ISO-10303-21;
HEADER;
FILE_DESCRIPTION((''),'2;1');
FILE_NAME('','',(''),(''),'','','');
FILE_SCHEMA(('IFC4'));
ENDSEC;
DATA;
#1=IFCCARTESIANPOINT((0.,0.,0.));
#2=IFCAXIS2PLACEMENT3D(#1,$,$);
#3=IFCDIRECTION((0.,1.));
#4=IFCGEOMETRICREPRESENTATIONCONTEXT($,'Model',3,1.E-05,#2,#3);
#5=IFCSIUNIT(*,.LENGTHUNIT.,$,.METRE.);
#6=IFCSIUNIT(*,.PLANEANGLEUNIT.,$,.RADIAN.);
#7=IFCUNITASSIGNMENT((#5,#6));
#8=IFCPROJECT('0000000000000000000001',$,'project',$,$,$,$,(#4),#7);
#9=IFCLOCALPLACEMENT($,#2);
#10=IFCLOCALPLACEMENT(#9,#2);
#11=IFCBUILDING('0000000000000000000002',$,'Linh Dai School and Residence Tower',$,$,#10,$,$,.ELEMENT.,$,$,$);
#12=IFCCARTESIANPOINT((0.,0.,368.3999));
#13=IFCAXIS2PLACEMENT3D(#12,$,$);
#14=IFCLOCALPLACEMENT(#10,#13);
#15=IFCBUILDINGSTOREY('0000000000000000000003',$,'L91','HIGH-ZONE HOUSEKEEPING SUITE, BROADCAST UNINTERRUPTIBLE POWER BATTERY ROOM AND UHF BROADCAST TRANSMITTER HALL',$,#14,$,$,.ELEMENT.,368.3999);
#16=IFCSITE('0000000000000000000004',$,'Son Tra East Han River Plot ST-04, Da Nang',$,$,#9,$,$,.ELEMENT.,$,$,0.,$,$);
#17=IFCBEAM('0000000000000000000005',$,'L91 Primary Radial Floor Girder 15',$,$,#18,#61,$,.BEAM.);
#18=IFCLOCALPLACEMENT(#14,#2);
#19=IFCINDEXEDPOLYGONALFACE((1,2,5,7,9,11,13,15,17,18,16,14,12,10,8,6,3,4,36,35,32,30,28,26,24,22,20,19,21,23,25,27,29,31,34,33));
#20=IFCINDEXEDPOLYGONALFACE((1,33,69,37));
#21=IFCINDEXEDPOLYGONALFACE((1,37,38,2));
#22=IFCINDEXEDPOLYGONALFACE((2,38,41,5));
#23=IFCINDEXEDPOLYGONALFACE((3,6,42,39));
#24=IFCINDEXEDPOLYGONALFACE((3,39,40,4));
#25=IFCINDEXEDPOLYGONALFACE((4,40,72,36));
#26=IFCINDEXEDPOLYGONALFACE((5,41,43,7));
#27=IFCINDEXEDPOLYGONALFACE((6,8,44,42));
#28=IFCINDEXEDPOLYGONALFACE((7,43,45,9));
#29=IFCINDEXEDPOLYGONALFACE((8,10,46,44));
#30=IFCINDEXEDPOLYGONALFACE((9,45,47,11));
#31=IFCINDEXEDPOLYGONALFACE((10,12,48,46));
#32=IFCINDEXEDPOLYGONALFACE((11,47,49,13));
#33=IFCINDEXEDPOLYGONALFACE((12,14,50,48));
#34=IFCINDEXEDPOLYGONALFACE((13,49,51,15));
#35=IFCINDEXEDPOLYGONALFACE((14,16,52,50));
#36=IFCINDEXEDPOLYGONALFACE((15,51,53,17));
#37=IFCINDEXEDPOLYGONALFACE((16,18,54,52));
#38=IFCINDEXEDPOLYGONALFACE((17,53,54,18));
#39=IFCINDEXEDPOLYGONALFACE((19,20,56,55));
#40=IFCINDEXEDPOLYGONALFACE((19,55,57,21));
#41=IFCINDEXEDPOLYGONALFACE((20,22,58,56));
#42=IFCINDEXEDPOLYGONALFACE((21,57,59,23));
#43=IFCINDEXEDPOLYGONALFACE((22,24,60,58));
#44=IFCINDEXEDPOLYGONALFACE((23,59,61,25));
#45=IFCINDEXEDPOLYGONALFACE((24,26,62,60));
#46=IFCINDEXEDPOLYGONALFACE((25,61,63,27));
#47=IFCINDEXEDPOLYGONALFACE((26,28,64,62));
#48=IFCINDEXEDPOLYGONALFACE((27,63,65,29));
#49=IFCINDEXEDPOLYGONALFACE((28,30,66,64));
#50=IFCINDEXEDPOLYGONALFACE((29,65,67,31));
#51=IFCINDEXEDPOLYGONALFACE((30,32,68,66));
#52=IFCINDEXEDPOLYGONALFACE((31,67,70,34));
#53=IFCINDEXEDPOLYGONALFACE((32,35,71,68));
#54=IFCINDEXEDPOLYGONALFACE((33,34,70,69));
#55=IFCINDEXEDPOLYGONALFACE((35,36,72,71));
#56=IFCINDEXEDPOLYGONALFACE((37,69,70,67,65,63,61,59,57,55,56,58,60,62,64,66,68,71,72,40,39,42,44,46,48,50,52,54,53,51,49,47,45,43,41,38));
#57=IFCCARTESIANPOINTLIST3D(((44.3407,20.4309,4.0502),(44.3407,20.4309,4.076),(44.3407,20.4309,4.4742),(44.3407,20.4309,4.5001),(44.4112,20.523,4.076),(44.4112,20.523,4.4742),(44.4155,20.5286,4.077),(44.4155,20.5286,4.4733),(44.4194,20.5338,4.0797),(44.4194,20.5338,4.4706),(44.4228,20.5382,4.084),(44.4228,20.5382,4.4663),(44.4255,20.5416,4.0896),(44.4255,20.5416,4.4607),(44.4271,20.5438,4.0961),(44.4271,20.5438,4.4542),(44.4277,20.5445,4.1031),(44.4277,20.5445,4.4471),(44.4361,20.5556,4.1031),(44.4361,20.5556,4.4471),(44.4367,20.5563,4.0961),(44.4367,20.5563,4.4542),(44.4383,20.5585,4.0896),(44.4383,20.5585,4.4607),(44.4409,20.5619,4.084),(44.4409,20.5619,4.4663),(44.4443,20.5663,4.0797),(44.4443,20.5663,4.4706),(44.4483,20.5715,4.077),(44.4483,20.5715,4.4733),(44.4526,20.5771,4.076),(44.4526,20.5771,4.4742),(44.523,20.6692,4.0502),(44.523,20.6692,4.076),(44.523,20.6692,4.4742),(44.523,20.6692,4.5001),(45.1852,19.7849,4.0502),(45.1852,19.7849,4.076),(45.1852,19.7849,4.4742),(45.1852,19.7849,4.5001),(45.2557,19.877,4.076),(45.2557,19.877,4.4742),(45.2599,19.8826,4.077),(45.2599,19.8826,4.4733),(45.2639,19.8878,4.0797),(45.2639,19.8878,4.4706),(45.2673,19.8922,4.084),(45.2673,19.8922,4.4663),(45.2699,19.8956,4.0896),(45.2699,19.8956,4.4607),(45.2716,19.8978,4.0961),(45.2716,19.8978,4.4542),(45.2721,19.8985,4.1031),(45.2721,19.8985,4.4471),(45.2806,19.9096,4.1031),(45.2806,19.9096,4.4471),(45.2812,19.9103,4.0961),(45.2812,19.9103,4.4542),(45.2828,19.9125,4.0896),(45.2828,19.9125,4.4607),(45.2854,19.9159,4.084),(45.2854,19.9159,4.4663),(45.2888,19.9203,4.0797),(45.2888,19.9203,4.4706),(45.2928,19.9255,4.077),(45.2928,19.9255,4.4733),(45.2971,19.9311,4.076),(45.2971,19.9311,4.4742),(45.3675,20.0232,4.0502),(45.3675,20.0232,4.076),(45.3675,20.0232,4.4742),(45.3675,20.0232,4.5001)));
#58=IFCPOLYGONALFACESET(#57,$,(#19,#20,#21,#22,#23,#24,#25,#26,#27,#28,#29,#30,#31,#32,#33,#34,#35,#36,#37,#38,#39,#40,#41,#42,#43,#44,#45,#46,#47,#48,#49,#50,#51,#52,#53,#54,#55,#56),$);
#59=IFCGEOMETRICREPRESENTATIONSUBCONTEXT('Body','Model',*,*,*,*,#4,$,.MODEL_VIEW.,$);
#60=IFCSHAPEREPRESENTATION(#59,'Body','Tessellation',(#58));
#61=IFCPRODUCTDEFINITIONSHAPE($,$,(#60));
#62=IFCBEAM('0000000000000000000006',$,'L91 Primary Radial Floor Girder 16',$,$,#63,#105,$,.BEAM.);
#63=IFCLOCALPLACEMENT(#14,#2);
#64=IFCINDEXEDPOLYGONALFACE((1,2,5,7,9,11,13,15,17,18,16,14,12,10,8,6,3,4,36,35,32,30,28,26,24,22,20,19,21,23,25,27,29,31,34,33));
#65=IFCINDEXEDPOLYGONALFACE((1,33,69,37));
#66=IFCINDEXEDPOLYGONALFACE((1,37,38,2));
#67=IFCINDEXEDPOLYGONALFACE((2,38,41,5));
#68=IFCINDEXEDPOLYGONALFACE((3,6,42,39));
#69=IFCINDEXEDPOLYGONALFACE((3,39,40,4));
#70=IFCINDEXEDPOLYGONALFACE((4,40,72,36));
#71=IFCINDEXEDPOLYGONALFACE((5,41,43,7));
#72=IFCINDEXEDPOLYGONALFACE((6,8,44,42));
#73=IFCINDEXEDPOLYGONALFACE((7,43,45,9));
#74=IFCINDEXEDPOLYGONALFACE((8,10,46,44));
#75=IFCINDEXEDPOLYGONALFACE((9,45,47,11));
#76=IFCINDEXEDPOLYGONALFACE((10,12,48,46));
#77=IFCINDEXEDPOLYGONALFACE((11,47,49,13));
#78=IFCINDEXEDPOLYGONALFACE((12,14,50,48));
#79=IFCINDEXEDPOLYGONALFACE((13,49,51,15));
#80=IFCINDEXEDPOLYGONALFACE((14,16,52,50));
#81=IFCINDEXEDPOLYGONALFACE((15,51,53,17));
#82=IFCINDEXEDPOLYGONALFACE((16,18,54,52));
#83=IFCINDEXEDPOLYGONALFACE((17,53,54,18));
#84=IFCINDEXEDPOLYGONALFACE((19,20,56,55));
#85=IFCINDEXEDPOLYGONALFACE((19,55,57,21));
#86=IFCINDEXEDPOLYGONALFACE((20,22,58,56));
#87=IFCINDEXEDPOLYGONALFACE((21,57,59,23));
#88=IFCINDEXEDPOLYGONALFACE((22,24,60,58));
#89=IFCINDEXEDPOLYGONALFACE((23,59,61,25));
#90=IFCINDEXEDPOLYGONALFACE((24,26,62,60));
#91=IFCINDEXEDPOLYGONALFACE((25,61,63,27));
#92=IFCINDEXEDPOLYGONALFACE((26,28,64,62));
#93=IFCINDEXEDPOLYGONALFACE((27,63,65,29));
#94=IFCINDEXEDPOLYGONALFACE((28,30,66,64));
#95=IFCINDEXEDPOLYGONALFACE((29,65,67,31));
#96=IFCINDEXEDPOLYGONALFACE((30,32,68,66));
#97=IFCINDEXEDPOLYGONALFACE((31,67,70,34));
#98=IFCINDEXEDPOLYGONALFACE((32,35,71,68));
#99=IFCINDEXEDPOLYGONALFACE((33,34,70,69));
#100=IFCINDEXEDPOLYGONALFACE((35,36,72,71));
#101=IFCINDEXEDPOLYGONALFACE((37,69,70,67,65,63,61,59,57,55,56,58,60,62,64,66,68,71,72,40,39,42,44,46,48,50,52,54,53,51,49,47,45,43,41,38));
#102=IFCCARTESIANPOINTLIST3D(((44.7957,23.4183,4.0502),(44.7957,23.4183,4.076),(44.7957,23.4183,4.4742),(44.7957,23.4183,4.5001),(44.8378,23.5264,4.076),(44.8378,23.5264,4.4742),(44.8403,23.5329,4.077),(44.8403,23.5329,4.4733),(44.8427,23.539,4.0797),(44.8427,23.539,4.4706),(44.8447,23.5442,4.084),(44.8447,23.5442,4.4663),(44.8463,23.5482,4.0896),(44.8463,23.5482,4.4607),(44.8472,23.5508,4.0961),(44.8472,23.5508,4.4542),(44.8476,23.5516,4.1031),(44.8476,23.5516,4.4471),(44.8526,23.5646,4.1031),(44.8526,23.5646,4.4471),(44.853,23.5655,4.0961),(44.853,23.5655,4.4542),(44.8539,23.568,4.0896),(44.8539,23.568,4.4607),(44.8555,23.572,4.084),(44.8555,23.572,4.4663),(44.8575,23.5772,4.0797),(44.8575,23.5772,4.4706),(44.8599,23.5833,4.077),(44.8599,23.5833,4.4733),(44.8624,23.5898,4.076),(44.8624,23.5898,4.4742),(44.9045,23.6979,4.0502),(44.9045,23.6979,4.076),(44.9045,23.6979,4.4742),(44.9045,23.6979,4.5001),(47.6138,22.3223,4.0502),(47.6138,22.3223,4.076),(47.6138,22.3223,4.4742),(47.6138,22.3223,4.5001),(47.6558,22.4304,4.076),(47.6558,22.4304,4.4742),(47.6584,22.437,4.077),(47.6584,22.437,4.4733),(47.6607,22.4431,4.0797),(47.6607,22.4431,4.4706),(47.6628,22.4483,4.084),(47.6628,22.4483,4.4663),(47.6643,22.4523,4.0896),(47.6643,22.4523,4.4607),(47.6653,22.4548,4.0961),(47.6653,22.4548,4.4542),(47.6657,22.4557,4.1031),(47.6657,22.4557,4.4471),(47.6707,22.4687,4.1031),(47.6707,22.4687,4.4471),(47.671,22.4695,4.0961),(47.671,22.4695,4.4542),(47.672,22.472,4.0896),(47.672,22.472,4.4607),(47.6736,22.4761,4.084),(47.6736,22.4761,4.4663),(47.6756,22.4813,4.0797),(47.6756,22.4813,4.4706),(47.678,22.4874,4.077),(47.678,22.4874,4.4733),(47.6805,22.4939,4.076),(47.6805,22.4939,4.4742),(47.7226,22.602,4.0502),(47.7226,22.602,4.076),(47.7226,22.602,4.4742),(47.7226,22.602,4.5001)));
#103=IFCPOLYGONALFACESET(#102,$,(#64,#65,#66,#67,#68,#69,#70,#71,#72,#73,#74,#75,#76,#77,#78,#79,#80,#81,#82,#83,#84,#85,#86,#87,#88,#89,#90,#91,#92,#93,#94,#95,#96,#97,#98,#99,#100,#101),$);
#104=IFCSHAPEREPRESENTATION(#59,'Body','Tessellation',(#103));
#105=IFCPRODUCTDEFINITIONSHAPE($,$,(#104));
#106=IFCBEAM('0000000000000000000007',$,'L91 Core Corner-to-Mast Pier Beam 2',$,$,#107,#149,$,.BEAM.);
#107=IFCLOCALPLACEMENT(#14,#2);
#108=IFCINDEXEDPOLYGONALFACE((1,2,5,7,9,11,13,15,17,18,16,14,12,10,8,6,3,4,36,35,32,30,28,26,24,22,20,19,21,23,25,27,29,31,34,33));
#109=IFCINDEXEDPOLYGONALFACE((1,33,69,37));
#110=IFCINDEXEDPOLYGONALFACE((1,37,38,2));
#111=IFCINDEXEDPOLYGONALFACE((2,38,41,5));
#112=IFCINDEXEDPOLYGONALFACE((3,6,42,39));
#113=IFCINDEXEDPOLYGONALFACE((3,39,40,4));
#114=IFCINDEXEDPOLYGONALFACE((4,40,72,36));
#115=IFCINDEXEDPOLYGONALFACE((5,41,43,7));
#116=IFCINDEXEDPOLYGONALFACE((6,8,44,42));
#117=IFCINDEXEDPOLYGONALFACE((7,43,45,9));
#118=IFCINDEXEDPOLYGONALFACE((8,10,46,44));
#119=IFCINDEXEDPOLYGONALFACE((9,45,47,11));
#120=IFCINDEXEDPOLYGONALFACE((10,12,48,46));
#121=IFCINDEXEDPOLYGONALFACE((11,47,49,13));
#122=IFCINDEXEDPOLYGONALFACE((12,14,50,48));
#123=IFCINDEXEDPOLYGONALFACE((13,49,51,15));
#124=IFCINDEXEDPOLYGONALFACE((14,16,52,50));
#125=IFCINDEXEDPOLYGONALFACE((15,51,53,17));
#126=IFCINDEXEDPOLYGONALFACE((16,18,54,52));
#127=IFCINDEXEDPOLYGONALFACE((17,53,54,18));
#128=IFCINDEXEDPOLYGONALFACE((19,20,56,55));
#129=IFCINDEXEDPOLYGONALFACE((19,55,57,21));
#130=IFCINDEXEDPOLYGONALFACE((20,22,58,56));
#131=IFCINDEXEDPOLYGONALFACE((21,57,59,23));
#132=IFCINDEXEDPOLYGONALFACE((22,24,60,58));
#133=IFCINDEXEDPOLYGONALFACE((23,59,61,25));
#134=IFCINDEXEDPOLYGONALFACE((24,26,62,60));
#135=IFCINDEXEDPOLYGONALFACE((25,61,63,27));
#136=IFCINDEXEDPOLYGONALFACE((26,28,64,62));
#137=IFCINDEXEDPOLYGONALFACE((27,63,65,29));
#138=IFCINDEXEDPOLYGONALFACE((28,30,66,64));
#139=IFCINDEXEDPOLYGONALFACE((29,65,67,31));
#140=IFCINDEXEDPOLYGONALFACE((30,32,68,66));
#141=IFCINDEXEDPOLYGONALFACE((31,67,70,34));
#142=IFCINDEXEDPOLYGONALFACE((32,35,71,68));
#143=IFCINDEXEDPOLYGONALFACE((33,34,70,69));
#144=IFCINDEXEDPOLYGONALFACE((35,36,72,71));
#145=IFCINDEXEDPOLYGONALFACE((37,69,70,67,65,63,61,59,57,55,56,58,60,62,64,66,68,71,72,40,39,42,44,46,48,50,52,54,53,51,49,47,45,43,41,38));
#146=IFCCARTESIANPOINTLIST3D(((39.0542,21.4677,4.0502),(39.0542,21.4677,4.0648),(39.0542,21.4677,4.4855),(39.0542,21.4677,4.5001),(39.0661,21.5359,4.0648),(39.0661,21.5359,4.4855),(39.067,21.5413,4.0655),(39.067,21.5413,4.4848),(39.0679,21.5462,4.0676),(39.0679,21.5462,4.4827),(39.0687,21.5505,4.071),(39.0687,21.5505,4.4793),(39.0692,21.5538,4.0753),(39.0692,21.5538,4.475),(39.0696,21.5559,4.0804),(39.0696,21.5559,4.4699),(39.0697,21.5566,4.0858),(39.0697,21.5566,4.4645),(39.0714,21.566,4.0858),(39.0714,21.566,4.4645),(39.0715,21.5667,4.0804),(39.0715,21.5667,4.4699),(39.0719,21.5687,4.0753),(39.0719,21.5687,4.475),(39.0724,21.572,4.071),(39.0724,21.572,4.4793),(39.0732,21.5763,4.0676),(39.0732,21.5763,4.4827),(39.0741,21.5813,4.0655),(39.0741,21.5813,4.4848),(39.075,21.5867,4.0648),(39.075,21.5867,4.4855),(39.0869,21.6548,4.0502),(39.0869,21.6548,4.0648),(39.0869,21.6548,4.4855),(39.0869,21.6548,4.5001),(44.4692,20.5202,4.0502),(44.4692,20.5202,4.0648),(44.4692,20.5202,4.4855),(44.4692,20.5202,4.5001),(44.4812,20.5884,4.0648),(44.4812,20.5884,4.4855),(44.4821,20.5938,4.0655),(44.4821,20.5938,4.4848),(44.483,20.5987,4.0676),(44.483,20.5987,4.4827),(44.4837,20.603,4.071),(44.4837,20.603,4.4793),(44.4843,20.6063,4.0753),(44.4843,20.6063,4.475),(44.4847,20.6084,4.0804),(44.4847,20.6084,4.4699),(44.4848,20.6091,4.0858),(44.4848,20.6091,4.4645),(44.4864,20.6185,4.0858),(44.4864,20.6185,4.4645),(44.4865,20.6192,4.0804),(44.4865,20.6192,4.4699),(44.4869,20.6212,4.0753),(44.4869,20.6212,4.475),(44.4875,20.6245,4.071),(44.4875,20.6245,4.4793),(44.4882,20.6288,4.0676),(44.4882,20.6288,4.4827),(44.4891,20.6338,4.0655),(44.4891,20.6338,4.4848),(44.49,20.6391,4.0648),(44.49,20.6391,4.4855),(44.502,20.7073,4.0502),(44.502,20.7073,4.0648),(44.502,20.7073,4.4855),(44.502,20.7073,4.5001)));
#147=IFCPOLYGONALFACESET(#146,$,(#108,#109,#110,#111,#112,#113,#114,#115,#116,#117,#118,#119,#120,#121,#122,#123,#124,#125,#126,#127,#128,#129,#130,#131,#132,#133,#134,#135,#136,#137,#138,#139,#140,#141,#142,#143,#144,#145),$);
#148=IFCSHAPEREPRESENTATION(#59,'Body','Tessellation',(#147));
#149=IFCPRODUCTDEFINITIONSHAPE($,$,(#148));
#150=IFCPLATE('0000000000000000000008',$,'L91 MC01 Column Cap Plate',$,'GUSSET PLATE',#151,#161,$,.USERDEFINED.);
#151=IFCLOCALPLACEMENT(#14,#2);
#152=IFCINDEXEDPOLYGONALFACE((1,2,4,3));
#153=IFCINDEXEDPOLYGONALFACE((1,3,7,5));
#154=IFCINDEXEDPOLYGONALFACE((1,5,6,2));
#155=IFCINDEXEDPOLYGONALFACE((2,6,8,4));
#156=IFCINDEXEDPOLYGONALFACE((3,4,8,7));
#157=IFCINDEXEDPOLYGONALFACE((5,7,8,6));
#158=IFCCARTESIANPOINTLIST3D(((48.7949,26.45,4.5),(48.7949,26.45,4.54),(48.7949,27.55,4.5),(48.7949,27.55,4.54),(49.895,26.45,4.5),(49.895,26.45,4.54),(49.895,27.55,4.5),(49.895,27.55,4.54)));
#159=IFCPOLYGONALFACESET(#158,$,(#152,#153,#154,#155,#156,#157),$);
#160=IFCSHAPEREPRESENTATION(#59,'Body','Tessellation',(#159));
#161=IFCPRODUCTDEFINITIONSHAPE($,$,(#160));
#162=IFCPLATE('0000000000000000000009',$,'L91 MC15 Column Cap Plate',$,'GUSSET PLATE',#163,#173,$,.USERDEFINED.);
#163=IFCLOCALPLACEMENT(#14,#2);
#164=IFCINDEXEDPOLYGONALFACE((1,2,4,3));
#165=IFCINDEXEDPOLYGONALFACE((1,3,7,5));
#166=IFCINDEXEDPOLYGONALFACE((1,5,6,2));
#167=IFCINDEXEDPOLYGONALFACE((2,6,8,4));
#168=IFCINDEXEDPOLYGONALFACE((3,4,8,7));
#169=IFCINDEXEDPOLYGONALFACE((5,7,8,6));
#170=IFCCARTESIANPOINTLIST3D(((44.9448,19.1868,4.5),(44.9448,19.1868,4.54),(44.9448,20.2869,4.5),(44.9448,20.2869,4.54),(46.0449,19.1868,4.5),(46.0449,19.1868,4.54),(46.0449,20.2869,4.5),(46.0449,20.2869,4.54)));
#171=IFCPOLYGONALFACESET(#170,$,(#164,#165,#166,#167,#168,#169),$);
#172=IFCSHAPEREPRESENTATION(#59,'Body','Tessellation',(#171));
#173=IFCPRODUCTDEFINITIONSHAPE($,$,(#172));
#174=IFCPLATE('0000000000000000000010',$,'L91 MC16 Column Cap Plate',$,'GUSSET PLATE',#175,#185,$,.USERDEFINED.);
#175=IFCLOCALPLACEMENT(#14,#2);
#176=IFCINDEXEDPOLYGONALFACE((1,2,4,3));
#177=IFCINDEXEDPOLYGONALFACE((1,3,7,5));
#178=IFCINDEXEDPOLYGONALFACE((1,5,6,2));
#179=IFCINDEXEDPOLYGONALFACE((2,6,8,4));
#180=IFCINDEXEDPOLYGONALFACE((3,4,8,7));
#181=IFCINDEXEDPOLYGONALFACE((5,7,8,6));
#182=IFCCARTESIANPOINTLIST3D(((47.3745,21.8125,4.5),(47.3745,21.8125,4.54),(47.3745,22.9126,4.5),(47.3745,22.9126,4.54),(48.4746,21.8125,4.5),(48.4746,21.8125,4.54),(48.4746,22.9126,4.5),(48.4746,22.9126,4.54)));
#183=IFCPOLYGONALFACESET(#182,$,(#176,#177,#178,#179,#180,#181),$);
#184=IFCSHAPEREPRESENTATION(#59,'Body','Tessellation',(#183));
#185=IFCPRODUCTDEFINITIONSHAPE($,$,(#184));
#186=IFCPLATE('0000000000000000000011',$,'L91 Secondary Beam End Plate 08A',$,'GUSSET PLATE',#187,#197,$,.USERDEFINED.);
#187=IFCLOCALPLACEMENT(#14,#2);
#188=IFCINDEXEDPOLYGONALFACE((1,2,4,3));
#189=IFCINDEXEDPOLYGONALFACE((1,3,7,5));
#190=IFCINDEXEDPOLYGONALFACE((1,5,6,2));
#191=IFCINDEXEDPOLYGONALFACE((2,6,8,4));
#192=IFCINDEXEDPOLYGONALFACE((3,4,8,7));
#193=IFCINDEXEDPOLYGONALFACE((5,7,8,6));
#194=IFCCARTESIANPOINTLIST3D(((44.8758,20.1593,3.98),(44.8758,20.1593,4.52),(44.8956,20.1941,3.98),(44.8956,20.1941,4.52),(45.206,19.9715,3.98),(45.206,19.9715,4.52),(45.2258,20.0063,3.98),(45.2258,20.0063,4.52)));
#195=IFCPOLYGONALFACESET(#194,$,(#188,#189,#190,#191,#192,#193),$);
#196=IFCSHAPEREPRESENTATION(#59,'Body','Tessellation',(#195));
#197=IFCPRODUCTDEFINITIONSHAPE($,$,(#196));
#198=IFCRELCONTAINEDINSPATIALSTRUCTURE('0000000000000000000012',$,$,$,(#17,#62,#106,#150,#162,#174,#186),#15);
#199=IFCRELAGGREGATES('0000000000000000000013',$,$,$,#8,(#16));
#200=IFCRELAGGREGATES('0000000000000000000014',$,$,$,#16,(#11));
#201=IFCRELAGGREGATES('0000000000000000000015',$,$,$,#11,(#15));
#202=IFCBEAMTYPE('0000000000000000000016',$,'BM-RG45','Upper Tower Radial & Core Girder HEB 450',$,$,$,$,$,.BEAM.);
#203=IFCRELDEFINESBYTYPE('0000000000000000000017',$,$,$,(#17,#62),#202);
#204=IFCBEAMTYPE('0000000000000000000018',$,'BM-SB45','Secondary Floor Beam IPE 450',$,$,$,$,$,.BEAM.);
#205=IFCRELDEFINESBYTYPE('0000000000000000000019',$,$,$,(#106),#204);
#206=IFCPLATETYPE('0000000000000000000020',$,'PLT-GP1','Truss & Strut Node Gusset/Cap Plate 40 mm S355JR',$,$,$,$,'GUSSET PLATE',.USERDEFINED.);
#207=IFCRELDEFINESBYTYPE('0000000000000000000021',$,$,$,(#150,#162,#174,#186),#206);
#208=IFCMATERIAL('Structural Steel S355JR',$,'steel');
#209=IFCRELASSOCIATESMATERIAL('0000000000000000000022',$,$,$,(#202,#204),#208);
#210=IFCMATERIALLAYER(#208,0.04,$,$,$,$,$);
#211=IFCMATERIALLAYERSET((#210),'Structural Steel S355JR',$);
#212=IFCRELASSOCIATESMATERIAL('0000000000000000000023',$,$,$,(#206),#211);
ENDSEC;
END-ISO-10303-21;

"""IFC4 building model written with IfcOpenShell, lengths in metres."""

from ifc_helpers import new_model, si_unit, direction, frame, origin, origin_2d, place, context, subcontext, project, spatial, rectangle, i_section, extrude, source, transform, mapped, material, layer, layer_set, material_profile, profile_set, type_object, element, save


model = new_model("IFC4")

# Units and contexts
model_context = context("Model", 3, precision=1e-05, world=origin(), true_north=direction((0.0, 1.0)))
body_context = subcontext(model_context, "Body", "Model", "MODEL_VIEW")
ifc_project = project(units=[si_unit("LENGTHUNIT", "METRE"), si_unit("PLANEANGLEUNIT", "RADIAN")], contexts=[model_context])

# Site, building, storey
site_placement = place(None, origin())
site = spatial("IfcSite", under=ifc_project, at=site_placement, Name="Son Tra East Han River Plot ST-04, Da Nang", CompositionType="ELEMENT", RefElevation=0.0)
building_placement = place(site_placement, origin())
building = spatial("IfcBuilding", under=site, at=building_placement, Name="Linh Dai School and Residence Tower", CompositionType="ELEMENT")
storey_placement = place(building_placement, frame((0.0, 0.0, 368.3999)))
storey = spatial("IfcBuildingStorey", under=building, at=storey_placement, Name="L91", Description="HIGH-ZONE HOUSEKEEPING SUITE, BROADCAST UNINTERRUPTIBLE POWER BATTERY ROOM AND UHF BROADCAST TRANSMITTER HALL", CompositionType="ELEMENT", Elevation=368.3999)

# Shared definitions
ifc_material_1 = material(Name="Structural Steel S355JR", Category="steel")

# Beams
ifc_material_profile_1 = material_profile(ifc_material_1, i_section(OverallWidth=0.3, OverallDepth=0.45, WebThickness=0.0139, FlangeThickness=0.0259, FilletRadius=0.0271, at=origin_2d()), Name="HEB 450")
ifc_profile_set_1 = profile_set([ifc_material_profile_1], Name="Structural Steel S355JR")
beam_type_1 = type_object("IfcBeamType", Name="BM-RG45", Description="Upper Tower Radial & Core Girder HEB 450", PredefinedType="BEAM", material=ifc_profile_set_1)
beam_1_placement = place(storey_placement, frame((44.4319, 20.55, 4.2751), z_axis=(0.79426, -0.607578, 0.0), x_axis=(0.607578, 0.79426, 0.0)))
element("IfcBeam", 1, at=beam_1_placement, inside=storey, type_object=beam_type_1, Name="L91 Primary Radial Floor Girder 15", PredefinedType="BEAM", context=body_context, shape_type="SweptSolid", body=[
    extrude(i_section(OverallWidth=0.3, OverallDepth=0.45, WebThickness=0.0139, FlangeThickness=0.0259, FilletRadius=0.0271, at=origin_2d()), origin(), (0.0, 0.0, 1.0), 1.0632),
])
beam_2_placement = place(storey_placement, frame((44.8501, 23.5581, 4.2751), z_axis=(0.932003, -0.36245, 0.0), x_axis=(0.36245, 0.932003, 0.0)))
element("IfcBeam", 2, at=beam_2_placement, inside=storey, type_object=beam_type_1, Name="L91 Primary Radial Floor Girder 16", PredefinedType="BEAM", context=body_context, shape_type="SweptSolid", body=[
    extrude(i_section(OverallWidth=0.3, OverallDepth=0.45, WebThickness=0.0139, FlangeThickness=0.0259, FilletRadius=0.0271, at=origin_2d()), origin(), (0.0, 0.0, 1.0), 3.0237),
])
ifc_material_profile_2 = material_profile(ifc_material_1, i_section(OverallWidth=0.1899, OverallDepth=0.45, WebThickness=0.0095, FlangeThickness=0.0146, FilletRadius=0.021, at=origin_2d()), Name="IPE 450")
ifc_profile_set_2 = profile_set([ifc_material_profile_2], Name="Structural Steel S355JR")
beam_type_2 = type_object("IfcBeamType", Name="BM-SB45", Description="Secondary Floor Beam IPE 450", PredefinedType="BEAM", material=ifc_profile_set_2)
beam_3_placement = place(storey_placement, frame((44.4856, 20.6138, 4.2751), z_axis=(-0.985034, 0.172359, 0.0), x_axis=(-0.172359, -0.985034, 0.0)))
element("IfcBeam", 3, at=beam_3_placement, inside=storey, type_object=beam_type_2, Name="L91 Core Corner-to-Mast Pier Beam 2", PredefinedType="BEAM", context=body_context, shape_type="SweptSolid", body=[
    extrude(i_section(OverallWidth=0.1899, OverallDepth=0.45, WebThickness=0.0095, FlangeThickness=0.0146, FilletRadius=0.021, at=origin_2d()), origin(), (0.0, 0.0, 1.0), 5.4973),
])

# Plates
ifc_layer_1 = layer(ifc_material_1, 0.04)
ifc_layer_set_1 = layer_set([ifc_layer_1], Name="Structural Steel S355JR")
plate_type = type_object("IfcPlateType", Name="PLT-GP1", Description="Truss & Strut Node Gusset/Cap Plate 40 mm S355JR", ElementType="GUSSET PLATE", PredefinedType="USERDEFINED", material=ifc_layer_set_1)
shared_shape_1 = source(origin(), body_context, "Body", "SweptSolid", [
    extrude(rectangle(XDim=1.1001, YDim=1.1001, at=origin_2d()), origin(), (0.0, 0.0, 1.0), 0.04),
])
for number, where, z_axis, x_axis, name in (
    (4, (49.345, 27.0, 4.5), (0.0, 0.0, 1.0), (1.0, 0.0, 0.0), "L91 MC01 Column Cap Plate"),
    (5, (45.4949, 19.7368, 4.5), (0.0, 0.0, 1.0), (1.0, 0.0, 0.0), "L91 MC15 Column Cap Plate"),
    (6, (47.9246, 22.3625, 4.5), (0.0, 0.0, 1.0), (1.0, 0.0, 0.0), "L91 MC16 Column Cap Plate"),
):
    element("IfcPlate", number, at=place(storey_placement, frame(where, z_axis=z_axis, x_axis=x_axis)), inside=storey, type_object=plate_type, Name=name, ObjectType="GUSSET PLATE", PredefinedType="USERDEFINED", context=body_context, shape_type="MappedRepresentation", body=[
        mapped(shared_shape_1, transform((0.0, 0.0, 0.0), x_axis=(1.0, 0.0, 0.0), y_axis=(0.0, 1.0, 0.0), z_axis=(0.0, 0.0, 1.0), scale=1.0)),
    ])
shared_shape_2 = source(origin(), body_context, "Body", "SweptSolid", [
    extrude(rectangle(XDim=0.04, YDim=0.3799, at=origin_2d()), origin(), (0.0, 0.0, 1.0), 0.54),
])
for number, where, z_axis, x_axis, name in (
    (7, (45.0508, 20.0828, 3.98), (0.0, 0.0, 1.0), (0.494418, 0.869224, 0.0), "L91 Secondary Beam End Plate 08A"),
):
    element("IfcPlate", number, at=place(storey_placement, frame(where, z_axis=z_axis, x_axis=x_axis)), inside=storey, type_object=plate_type, Name=name, ObjectType="GUSSET PLATE", PredefinedType="USERDEFINED", context=body_context, shape_type="MappedRepresentation", body=[
        mapped(shared_shape_2, transform((0.0, 0.0, 0.0), x_axis=(1.0, 0.0, 0.0), y_axis=(0.0, 1.0, 0.0), z_axis=(0.0, 0.0, 1.0), scale=1.0)),
    ])

save(model, "model.ifc")
